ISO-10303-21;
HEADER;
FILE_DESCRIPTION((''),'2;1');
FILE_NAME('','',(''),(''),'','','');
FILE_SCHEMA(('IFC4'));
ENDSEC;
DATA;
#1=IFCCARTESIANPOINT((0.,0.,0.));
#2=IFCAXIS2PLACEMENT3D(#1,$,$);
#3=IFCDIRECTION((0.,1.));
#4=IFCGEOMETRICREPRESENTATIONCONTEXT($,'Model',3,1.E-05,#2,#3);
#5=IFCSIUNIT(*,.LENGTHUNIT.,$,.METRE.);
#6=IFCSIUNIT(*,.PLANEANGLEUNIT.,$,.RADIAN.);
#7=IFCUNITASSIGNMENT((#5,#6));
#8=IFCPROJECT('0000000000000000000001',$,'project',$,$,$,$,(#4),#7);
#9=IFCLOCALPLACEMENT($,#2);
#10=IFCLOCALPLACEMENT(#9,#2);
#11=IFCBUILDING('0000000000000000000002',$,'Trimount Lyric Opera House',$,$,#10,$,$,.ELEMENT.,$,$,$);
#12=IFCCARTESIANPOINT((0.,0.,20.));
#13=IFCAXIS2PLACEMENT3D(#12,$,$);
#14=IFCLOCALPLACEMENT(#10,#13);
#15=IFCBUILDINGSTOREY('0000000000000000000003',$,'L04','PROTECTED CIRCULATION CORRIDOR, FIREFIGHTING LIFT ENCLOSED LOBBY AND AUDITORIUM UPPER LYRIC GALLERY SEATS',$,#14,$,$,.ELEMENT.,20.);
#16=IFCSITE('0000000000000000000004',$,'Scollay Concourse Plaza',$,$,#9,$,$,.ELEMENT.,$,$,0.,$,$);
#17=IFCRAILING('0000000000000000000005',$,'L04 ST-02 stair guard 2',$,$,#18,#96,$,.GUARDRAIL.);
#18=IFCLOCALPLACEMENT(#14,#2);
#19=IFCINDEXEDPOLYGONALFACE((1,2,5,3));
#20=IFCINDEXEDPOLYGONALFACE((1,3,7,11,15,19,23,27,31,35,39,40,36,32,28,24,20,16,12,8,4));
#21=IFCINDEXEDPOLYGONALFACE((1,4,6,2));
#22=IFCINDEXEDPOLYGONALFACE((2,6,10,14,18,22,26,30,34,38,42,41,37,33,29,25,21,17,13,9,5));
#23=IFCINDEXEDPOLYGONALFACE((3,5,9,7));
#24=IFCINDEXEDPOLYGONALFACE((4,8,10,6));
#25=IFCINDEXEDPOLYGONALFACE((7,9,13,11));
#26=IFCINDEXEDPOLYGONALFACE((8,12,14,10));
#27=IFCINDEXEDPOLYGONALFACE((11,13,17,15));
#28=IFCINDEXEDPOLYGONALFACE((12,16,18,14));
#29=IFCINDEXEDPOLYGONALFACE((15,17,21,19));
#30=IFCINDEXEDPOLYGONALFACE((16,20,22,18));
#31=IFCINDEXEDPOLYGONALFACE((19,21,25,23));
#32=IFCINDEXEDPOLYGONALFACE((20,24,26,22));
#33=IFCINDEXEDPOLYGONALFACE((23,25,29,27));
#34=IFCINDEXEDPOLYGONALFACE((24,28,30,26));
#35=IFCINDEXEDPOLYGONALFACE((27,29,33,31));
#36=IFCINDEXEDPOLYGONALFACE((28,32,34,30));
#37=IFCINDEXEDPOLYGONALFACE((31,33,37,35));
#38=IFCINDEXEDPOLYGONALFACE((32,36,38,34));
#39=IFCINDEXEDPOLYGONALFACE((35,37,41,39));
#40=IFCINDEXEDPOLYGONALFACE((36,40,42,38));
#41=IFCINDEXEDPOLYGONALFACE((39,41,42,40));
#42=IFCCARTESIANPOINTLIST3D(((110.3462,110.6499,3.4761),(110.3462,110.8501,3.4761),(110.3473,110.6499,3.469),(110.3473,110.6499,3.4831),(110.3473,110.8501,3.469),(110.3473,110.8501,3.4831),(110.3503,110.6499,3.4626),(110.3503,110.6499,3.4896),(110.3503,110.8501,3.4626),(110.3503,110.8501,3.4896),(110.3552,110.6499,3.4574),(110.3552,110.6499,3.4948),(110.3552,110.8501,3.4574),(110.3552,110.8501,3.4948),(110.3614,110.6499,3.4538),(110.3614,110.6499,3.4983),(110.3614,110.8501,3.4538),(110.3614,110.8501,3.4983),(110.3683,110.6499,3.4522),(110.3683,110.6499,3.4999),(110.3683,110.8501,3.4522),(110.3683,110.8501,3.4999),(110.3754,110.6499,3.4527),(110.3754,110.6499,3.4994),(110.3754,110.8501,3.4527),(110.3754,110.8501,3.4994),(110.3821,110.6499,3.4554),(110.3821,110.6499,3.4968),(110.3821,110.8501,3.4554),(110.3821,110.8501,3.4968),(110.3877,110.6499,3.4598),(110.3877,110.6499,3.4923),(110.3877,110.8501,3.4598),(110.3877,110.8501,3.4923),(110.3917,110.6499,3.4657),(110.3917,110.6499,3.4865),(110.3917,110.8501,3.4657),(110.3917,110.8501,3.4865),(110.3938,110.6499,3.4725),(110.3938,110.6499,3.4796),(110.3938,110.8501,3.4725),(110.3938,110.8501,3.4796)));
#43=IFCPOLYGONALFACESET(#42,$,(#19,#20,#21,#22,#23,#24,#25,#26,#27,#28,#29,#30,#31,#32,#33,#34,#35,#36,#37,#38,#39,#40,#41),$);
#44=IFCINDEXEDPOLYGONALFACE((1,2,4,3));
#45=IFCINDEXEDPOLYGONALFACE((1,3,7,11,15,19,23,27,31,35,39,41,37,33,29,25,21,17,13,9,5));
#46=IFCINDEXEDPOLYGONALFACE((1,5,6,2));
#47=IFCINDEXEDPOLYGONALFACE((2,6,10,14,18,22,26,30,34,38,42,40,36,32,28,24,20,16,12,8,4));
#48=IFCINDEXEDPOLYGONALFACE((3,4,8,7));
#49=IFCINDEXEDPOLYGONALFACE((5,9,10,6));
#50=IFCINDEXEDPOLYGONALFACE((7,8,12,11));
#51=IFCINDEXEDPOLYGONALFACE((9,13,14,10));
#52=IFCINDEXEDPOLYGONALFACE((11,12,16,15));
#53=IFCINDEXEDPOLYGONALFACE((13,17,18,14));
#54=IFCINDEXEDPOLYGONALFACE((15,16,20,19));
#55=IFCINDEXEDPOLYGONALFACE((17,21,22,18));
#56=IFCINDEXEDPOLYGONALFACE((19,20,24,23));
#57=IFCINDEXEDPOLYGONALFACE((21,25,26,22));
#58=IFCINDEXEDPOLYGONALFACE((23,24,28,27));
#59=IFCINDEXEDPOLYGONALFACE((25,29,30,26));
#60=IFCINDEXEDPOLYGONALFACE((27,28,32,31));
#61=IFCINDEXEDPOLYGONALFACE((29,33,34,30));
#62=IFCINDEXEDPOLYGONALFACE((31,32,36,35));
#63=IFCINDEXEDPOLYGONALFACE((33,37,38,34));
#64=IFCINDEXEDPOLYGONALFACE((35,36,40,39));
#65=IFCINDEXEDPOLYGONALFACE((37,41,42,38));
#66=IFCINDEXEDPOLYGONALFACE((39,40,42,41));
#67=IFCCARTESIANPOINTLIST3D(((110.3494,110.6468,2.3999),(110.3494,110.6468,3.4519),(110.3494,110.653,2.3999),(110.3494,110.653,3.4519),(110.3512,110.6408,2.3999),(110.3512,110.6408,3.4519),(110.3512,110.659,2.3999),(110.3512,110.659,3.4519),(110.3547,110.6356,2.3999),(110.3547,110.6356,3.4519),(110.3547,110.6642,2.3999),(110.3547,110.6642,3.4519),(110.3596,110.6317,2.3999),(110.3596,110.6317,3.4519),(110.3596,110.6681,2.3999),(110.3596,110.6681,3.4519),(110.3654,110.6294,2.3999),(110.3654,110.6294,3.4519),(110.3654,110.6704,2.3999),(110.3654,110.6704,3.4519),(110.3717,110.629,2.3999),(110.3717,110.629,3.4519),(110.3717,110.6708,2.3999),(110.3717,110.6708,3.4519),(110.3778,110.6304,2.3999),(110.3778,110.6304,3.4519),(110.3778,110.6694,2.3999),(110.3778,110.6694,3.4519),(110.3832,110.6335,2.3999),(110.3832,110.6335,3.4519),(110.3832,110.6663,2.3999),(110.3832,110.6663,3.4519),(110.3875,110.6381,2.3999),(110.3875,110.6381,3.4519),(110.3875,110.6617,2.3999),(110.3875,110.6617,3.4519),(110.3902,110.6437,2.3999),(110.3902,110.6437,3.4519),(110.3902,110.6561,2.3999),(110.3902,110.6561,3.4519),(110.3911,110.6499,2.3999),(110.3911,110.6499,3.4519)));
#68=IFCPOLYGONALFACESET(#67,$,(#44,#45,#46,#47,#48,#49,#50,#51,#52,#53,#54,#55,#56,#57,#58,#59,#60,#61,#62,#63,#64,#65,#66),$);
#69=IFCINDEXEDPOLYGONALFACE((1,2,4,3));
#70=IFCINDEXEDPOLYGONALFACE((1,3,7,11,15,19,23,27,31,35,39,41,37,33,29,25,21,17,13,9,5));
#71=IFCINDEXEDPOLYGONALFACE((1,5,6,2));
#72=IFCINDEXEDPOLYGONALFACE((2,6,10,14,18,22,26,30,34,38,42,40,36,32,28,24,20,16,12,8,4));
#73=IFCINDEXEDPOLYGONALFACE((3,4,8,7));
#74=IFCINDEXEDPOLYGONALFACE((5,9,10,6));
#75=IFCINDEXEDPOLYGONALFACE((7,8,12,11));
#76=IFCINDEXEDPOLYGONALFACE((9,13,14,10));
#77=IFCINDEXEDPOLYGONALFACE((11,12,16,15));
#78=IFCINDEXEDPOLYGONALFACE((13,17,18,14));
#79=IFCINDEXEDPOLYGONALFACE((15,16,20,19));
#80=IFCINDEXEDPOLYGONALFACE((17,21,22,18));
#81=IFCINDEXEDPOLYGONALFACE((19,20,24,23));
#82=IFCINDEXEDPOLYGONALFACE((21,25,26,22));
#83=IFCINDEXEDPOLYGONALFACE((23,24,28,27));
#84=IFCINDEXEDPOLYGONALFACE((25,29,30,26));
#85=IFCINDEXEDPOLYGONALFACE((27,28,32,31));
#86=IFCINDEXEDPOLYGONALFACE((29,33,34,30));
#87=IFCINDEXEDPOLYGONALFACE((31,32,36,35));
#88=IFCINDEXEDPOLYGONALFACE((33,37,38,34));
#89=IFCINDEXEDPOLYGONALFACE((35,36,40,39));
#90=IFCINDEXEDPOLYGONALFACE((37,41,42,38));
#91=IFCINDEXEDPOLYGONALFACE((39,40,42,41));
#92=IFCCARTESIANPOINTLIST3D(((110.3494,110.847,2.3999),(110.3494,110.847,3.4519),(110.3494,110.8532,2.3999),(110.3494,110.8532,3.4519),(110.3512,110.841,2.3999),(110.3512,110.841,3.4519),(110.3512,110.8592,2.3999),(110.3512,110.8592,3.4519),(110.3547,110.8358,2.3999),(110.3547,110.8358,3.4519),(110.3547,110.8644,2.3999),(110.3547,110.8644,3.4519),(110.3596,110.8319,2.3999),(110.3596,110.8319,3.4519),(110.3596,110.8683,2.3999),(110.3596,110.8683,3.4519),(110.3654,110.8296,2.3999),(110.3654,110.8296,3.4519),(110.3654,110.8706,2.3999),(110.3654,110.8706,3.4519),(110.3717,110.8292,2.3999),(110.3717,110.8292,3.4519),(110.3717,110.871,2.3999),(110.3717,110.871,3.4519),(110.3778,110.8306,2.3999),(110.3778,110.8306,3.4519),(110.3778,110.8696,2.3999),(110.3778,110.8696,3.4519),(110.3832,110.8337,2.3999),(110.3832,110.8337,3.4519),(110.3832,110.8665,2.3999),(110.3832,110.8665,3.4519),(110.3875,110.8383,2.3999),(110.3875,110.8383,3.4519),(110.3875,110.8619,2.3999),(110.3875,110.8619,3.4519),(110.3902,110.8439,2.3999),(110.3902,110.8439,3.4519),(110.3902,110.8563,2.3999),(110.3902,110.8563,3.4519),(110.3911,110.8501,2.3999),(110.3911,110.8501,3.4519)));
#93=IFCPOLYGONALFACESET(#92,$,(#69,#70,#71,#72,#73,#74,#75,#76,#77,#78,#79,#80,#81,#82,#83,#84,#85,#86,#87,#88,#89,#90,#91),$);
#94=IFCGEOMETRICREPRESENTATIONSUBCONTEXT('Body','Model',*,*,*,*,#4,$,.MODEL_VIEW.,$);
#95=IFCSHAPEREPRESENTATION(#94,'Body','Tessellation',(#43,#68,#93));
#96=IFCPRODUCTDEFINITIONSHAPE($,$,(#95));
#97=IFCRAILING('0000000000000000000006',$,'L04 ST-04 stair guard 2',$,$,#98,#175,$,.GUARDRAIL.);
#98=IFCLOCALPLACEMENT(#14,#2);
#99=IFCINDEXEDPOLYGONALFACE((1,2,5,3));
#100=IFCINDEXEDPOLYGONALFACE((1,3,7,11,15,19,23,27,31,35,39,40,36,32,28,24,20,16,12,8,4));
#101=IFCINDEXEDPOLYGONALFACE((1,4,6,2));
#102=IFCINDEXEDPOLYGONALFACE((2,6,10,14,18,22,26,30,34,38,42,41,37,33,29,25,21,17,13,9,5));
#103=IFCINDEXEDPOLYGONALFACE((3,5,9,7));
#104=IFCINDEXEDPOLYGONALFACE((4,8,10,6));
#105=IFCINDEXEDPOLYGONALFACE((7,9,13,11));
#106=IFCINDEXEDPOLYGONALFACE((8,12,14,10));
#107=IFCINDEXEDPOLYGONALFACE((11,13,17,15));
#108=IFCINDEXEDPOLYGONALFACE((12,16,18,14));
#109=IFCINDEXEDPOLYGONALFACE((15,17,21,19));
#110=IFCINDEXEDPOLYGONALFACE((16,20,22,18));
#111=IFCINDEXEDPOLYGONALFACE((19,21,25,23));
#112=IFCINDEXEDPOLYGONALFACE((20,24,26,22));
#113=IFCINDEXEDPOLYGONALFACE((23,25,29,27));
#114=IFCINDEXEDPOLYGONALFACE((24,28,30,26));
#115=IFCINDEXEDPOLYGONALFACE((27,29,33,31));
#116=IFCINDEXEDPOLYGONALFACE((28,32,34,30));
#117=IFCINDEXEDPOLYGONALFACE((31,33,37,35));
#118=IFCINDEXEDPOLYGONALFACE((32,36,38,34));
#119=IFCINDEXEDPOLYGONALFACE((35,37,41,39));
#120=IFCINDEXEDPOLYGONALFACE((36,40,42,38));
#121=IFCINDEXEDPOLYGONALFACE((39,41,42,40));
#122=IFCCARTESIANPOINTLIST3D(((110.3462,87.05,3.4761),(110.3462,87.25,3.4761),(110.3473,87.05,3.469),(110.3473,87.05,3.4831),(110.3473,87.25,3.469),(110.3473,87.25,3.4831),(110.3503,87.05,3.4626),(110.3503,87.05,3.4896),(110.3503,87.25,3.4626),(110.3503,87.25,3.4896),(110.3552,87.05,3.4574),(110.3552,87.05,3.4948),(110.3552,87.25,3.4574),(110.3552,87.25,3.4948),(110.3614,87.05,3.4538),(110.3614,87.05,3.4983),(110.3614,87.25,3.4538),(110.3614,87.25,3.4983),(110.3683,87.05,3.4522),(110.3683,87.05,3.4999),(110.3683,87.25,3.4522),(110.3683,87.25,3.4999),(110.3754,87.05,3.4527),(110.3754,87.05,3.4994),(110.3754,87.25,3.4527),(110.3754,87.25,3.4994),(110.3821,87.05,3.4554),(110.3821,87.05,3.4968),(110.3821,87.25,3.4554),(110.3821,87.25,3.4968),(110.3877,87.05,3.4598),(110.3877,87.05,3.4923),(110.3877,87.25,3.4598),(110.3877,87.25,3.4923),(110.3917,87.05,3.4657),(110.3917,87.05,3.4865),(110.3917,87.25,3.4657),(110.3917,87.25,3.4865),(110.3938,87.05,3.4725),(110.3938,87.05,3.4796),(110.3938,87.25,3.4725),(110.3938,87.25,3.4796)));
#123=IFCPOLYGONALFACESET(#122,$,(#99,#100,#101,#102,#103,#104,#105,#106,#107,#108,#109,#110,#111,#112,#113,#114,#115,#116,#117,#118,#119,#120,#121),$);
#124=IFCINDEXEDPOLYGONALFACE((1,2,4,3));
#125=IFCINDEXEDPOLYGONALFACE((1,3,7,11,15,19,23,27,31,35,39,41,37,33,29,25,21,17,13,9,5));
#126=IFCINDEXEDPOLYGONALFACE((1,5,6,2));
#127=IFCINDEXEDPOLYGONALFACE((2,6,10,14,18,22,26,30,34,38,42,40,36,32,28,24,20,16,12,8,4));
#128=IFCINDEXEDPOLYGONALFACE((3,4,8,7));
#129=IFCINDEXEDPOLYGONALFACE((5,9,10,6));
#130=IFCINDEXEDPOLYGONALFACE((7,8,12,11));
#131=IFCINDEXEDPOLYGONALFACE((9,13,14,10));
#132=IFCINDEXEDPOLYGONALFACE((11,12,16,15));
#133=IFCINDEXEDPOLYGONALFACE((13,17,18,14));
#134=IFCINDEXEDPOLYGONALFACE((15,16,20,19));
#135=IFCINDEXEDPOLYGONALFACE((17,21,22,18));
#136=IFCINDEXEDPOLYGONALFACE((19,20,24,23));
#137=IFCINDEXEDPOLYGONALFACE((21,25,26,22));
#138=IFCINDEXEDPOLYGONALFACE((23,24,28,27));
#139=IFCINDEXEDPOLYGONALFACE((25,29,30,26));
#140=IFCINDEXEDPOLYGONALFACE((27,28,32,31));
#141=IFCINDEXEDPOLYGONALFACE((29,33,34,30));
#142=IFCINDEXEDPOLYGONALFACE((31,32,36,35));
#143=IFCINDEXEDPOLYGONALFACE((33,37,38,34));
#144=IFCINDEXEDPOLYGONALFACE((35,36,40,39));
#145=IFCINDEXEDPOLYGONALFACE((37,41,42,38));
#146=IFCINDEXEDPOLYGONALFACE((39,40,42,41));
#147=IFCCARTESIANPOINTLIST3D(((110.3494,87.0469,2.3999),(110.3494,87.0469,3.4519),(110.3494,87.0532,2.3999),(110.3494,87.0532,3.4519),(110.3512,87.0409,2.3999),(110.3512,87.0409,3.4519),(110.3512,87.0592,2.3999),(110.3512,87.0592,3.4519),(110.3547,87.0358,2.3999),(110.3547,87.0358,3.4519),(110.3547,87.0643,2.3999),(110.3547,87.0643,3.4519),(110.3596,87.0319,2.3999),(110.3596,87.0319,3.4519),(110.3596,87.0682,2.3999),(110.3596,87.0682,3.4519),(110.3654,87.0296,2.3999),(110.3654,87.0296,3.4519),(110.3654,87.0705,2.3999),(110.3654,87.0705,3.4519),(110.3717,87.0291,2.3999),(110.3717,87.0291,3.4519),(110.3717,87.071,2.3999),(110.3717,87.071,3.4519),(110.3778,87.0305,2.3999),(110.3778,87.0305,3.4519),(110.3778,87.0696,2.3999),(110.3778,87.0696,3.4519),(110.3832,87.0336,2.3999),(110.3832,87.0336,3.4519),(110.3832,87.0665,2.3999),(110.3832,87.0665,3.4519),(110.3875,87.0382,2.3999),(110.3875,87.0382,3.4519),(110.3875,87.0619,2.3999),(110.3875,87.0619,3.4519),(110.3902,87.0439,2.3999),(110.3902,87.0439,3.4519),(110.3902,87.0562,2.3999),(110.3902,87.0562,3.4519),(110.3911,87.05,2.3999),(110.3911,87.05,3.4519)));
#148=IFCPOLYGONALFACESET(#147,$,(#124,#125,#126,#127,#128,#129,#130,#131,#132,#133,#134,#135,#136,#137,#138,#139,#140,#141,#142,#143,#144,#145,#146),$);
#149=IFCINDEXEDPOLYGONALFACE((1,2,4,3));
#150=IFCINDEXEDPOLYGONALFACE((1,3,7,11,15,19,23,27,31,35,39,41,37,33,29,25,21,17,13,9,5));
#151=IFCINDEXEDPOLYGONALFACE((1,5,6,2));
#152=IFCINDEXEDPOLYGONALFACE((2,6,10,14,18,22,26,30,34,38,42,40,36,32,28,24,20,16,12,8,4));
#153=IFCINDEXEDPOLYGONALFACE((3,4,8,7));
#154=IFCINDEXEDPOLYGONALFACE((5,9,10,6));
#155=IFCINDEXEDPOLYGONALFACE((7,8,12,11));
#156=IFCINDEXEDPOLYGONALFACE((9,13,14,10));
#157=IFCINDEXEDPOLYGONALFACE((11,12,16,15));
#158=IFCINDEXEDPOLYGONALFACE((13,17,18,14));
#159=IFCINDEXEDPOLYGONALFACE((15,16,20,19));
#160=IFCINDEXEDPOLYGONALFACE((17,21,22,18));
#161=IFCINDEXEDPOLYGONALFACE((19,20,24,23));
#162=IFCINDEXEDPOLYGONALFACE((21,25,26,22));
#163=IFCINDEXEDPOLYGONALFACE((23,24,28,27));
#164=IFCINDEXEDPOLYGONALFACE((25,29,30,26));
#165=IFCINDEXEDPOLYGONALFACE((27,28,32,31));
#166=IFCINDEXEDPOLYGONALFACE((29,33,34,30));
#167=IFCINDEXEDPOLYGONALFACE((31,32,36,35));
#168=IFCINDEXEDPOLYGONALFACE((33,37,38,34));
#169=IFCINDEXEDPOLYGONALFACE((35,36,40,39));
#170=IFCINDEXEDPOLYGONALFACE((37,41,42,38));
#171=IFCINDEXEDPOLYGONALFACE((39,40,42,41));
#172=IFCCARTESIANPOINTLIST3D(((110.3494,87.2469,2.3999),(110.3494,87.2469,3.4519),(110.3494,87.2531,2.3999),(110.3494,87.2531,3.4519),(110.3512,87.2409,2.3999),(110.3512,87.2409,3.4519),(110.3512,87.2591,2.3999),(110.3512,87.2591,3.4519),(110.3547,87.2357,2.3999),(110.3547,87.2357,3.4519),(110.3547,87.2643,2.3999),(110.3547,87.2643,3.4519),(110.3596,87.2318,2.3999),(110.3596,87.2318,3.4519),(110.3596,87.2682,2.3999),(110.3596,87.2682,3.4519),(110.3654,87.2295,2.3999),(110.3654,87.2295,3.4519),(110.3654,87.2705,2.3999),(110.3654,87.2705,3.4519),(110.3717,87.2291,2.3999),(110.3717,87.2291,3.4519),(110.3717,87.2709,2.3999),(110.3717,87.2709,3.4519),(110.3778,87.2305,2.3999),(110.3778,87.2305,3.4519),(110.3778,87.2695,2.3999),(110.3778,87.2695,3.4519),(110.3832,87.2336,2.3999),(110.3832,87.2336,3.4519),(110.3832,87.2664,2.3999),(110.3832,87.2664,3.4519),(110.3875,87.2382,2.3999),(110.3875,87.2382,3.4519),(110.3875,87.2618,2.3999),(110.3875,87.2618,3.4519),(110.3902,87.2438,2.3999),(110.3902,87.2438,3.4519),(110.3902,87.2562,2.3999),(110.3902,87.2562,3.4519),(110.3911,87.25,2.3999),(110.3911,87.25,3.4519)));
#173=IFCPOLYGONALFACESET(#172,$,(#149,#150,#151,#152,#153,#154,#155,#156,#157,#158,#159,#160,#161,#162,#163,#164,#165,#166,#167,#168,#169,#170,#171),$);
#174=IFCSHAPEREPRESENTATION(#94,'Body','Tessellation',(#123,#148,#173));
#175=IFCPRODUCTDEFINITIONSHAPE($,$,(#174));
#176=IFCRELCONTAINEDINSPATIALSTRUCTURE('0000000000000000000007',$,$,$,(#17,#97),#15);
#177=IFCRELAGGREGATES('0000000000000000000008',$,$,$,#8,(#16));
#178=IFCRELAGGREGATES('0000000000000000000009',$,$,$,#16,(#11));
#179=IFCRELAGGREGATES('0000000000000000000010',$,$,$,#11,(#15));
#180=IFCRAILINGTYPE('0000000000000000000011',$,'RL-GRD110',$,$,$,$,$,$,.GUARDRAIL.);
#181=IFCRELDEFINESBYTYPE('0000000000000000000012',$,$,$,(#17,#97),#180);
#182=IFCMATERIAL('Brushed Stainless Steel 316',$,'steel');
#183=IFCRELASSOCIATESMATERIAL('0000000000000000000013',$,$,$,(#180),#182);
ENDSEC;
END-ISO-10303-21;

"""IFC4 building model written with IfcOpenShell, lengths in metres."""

from ifc_helpers import new_model, si_unit, direction, frame, origin, origin_2d, place, context, subcontext, project, spatial, circle, extrude, material, type_object, element, save


model = new_model("IFC4")

# Units and contexts
model_context = context("Model", 3, precision=1e-05, world=origin(), true_north=direction((0.0, 1.0)))
body_context = subcontext(model_context, "Body", "Model", "MODEL_VIEW")
ifc_project = project(units=[si_unit("LENGTHUNIT", "METRE"), si_unit("PLANEANGLEUNIT", "RADIAN")], contexts=[model_context])

# Site, building, storey
site_placement = place(None, origin())
site = spatial("IfcSite", under=ifc_project, at=site_placement, Name="Scollay Concourse Plaza", CompositionType="ELEMENT", RefElevation=0.0)
building_placement = place(site_placement, origin())
building = spatial("IfcBuilding", under=site, at=building_placement, Name="Trimount Lyric Opera House", CompositionType="ELEMENT")
storey_placement = place(building_placement, frame((0.0, 0.0, 20.0)))
storey = spatial("IfcBuildingStorey", under=building, at=storey_placement, Name="L04", Description="PROTECTED CIRCULATION CORRIDOR, FIREFIGHTING LIFT ENCLOSED LOBBY AND AUDITORIUM UPPER LYRIC GALLERY SEATS", CompositionType="ELEMENT", Elevation=20.0)

# Railings
ifc_material_1 = material(Name="Brushed Stainless Steel 316", Category="steel")
railing_type_1 = type_object("IfcRailingType", Name="RL-GRD110", PredefinedType="GUARDRAIL", material=ifc_material_1)
railing_1_placement = place(storey_placement, frame((110.3701, 110.6499, 2.3999)))
element("IfcRailing", 1, at=railing_1_placement, inside=storey, type_object=railing_type_1, Name="L04 ST-02 stair guard 2", PredefinedType="GUARDRAIL", context=body_context, shape_type="SweptSolid", body=[
    extrude(circle(Radius=0.0239, at=origin_2d()), frame((0.0, 0.0, 1.0762), z_axis=(0.0, 1.0, 0.0), x_axis=(-1.0, 0.0, 0.0)), (0.0, 0.0, 1.0), 0.2002),
    extrude(circle(Radius=0.021, at=origin_2d()), origin(), (0.0, 0.0, 1.0), 1.052),
    extrude(circle(Radius=0.021, at=origin_2d()), frame((0.0, 0.2002, 0.0)), (0.0, 0.0, 1.0), 1.052),
])
railing_2_placement = place(storey_placement, frame((110.3701, 87.05, 2.3999)))
element("IfcRailing", 2, at=railing_2_placement, inside=storey, type_object=railing_type_1, Name="L04 ST-04 stair guard 2", PredefinedType="GUARDRAIL", context=body_context, shape_type="SweptSolid", body=[
    extrude(circle(Radius=0.0239, at=origin_2d()), frame((0.0, 0.0, 1.0762), z_axis=(0.0, 1.0, 0.0), x_axis=(-1.0, 0.0, 0.0)), (0.0, 0.0, 1.0), 0.2),
    extrude(circle(Radius=0.021, at=origin_2d()), origin(), (0.0, 0.0, 1.0), 1.052),
    extrude(circle(Radius=0.021, at=origin_2d()), frame((0.0, 0.2, 0.0)), (0.0, 0.0, 1.0), 1.052),
])

save(model, "model.ifc")
